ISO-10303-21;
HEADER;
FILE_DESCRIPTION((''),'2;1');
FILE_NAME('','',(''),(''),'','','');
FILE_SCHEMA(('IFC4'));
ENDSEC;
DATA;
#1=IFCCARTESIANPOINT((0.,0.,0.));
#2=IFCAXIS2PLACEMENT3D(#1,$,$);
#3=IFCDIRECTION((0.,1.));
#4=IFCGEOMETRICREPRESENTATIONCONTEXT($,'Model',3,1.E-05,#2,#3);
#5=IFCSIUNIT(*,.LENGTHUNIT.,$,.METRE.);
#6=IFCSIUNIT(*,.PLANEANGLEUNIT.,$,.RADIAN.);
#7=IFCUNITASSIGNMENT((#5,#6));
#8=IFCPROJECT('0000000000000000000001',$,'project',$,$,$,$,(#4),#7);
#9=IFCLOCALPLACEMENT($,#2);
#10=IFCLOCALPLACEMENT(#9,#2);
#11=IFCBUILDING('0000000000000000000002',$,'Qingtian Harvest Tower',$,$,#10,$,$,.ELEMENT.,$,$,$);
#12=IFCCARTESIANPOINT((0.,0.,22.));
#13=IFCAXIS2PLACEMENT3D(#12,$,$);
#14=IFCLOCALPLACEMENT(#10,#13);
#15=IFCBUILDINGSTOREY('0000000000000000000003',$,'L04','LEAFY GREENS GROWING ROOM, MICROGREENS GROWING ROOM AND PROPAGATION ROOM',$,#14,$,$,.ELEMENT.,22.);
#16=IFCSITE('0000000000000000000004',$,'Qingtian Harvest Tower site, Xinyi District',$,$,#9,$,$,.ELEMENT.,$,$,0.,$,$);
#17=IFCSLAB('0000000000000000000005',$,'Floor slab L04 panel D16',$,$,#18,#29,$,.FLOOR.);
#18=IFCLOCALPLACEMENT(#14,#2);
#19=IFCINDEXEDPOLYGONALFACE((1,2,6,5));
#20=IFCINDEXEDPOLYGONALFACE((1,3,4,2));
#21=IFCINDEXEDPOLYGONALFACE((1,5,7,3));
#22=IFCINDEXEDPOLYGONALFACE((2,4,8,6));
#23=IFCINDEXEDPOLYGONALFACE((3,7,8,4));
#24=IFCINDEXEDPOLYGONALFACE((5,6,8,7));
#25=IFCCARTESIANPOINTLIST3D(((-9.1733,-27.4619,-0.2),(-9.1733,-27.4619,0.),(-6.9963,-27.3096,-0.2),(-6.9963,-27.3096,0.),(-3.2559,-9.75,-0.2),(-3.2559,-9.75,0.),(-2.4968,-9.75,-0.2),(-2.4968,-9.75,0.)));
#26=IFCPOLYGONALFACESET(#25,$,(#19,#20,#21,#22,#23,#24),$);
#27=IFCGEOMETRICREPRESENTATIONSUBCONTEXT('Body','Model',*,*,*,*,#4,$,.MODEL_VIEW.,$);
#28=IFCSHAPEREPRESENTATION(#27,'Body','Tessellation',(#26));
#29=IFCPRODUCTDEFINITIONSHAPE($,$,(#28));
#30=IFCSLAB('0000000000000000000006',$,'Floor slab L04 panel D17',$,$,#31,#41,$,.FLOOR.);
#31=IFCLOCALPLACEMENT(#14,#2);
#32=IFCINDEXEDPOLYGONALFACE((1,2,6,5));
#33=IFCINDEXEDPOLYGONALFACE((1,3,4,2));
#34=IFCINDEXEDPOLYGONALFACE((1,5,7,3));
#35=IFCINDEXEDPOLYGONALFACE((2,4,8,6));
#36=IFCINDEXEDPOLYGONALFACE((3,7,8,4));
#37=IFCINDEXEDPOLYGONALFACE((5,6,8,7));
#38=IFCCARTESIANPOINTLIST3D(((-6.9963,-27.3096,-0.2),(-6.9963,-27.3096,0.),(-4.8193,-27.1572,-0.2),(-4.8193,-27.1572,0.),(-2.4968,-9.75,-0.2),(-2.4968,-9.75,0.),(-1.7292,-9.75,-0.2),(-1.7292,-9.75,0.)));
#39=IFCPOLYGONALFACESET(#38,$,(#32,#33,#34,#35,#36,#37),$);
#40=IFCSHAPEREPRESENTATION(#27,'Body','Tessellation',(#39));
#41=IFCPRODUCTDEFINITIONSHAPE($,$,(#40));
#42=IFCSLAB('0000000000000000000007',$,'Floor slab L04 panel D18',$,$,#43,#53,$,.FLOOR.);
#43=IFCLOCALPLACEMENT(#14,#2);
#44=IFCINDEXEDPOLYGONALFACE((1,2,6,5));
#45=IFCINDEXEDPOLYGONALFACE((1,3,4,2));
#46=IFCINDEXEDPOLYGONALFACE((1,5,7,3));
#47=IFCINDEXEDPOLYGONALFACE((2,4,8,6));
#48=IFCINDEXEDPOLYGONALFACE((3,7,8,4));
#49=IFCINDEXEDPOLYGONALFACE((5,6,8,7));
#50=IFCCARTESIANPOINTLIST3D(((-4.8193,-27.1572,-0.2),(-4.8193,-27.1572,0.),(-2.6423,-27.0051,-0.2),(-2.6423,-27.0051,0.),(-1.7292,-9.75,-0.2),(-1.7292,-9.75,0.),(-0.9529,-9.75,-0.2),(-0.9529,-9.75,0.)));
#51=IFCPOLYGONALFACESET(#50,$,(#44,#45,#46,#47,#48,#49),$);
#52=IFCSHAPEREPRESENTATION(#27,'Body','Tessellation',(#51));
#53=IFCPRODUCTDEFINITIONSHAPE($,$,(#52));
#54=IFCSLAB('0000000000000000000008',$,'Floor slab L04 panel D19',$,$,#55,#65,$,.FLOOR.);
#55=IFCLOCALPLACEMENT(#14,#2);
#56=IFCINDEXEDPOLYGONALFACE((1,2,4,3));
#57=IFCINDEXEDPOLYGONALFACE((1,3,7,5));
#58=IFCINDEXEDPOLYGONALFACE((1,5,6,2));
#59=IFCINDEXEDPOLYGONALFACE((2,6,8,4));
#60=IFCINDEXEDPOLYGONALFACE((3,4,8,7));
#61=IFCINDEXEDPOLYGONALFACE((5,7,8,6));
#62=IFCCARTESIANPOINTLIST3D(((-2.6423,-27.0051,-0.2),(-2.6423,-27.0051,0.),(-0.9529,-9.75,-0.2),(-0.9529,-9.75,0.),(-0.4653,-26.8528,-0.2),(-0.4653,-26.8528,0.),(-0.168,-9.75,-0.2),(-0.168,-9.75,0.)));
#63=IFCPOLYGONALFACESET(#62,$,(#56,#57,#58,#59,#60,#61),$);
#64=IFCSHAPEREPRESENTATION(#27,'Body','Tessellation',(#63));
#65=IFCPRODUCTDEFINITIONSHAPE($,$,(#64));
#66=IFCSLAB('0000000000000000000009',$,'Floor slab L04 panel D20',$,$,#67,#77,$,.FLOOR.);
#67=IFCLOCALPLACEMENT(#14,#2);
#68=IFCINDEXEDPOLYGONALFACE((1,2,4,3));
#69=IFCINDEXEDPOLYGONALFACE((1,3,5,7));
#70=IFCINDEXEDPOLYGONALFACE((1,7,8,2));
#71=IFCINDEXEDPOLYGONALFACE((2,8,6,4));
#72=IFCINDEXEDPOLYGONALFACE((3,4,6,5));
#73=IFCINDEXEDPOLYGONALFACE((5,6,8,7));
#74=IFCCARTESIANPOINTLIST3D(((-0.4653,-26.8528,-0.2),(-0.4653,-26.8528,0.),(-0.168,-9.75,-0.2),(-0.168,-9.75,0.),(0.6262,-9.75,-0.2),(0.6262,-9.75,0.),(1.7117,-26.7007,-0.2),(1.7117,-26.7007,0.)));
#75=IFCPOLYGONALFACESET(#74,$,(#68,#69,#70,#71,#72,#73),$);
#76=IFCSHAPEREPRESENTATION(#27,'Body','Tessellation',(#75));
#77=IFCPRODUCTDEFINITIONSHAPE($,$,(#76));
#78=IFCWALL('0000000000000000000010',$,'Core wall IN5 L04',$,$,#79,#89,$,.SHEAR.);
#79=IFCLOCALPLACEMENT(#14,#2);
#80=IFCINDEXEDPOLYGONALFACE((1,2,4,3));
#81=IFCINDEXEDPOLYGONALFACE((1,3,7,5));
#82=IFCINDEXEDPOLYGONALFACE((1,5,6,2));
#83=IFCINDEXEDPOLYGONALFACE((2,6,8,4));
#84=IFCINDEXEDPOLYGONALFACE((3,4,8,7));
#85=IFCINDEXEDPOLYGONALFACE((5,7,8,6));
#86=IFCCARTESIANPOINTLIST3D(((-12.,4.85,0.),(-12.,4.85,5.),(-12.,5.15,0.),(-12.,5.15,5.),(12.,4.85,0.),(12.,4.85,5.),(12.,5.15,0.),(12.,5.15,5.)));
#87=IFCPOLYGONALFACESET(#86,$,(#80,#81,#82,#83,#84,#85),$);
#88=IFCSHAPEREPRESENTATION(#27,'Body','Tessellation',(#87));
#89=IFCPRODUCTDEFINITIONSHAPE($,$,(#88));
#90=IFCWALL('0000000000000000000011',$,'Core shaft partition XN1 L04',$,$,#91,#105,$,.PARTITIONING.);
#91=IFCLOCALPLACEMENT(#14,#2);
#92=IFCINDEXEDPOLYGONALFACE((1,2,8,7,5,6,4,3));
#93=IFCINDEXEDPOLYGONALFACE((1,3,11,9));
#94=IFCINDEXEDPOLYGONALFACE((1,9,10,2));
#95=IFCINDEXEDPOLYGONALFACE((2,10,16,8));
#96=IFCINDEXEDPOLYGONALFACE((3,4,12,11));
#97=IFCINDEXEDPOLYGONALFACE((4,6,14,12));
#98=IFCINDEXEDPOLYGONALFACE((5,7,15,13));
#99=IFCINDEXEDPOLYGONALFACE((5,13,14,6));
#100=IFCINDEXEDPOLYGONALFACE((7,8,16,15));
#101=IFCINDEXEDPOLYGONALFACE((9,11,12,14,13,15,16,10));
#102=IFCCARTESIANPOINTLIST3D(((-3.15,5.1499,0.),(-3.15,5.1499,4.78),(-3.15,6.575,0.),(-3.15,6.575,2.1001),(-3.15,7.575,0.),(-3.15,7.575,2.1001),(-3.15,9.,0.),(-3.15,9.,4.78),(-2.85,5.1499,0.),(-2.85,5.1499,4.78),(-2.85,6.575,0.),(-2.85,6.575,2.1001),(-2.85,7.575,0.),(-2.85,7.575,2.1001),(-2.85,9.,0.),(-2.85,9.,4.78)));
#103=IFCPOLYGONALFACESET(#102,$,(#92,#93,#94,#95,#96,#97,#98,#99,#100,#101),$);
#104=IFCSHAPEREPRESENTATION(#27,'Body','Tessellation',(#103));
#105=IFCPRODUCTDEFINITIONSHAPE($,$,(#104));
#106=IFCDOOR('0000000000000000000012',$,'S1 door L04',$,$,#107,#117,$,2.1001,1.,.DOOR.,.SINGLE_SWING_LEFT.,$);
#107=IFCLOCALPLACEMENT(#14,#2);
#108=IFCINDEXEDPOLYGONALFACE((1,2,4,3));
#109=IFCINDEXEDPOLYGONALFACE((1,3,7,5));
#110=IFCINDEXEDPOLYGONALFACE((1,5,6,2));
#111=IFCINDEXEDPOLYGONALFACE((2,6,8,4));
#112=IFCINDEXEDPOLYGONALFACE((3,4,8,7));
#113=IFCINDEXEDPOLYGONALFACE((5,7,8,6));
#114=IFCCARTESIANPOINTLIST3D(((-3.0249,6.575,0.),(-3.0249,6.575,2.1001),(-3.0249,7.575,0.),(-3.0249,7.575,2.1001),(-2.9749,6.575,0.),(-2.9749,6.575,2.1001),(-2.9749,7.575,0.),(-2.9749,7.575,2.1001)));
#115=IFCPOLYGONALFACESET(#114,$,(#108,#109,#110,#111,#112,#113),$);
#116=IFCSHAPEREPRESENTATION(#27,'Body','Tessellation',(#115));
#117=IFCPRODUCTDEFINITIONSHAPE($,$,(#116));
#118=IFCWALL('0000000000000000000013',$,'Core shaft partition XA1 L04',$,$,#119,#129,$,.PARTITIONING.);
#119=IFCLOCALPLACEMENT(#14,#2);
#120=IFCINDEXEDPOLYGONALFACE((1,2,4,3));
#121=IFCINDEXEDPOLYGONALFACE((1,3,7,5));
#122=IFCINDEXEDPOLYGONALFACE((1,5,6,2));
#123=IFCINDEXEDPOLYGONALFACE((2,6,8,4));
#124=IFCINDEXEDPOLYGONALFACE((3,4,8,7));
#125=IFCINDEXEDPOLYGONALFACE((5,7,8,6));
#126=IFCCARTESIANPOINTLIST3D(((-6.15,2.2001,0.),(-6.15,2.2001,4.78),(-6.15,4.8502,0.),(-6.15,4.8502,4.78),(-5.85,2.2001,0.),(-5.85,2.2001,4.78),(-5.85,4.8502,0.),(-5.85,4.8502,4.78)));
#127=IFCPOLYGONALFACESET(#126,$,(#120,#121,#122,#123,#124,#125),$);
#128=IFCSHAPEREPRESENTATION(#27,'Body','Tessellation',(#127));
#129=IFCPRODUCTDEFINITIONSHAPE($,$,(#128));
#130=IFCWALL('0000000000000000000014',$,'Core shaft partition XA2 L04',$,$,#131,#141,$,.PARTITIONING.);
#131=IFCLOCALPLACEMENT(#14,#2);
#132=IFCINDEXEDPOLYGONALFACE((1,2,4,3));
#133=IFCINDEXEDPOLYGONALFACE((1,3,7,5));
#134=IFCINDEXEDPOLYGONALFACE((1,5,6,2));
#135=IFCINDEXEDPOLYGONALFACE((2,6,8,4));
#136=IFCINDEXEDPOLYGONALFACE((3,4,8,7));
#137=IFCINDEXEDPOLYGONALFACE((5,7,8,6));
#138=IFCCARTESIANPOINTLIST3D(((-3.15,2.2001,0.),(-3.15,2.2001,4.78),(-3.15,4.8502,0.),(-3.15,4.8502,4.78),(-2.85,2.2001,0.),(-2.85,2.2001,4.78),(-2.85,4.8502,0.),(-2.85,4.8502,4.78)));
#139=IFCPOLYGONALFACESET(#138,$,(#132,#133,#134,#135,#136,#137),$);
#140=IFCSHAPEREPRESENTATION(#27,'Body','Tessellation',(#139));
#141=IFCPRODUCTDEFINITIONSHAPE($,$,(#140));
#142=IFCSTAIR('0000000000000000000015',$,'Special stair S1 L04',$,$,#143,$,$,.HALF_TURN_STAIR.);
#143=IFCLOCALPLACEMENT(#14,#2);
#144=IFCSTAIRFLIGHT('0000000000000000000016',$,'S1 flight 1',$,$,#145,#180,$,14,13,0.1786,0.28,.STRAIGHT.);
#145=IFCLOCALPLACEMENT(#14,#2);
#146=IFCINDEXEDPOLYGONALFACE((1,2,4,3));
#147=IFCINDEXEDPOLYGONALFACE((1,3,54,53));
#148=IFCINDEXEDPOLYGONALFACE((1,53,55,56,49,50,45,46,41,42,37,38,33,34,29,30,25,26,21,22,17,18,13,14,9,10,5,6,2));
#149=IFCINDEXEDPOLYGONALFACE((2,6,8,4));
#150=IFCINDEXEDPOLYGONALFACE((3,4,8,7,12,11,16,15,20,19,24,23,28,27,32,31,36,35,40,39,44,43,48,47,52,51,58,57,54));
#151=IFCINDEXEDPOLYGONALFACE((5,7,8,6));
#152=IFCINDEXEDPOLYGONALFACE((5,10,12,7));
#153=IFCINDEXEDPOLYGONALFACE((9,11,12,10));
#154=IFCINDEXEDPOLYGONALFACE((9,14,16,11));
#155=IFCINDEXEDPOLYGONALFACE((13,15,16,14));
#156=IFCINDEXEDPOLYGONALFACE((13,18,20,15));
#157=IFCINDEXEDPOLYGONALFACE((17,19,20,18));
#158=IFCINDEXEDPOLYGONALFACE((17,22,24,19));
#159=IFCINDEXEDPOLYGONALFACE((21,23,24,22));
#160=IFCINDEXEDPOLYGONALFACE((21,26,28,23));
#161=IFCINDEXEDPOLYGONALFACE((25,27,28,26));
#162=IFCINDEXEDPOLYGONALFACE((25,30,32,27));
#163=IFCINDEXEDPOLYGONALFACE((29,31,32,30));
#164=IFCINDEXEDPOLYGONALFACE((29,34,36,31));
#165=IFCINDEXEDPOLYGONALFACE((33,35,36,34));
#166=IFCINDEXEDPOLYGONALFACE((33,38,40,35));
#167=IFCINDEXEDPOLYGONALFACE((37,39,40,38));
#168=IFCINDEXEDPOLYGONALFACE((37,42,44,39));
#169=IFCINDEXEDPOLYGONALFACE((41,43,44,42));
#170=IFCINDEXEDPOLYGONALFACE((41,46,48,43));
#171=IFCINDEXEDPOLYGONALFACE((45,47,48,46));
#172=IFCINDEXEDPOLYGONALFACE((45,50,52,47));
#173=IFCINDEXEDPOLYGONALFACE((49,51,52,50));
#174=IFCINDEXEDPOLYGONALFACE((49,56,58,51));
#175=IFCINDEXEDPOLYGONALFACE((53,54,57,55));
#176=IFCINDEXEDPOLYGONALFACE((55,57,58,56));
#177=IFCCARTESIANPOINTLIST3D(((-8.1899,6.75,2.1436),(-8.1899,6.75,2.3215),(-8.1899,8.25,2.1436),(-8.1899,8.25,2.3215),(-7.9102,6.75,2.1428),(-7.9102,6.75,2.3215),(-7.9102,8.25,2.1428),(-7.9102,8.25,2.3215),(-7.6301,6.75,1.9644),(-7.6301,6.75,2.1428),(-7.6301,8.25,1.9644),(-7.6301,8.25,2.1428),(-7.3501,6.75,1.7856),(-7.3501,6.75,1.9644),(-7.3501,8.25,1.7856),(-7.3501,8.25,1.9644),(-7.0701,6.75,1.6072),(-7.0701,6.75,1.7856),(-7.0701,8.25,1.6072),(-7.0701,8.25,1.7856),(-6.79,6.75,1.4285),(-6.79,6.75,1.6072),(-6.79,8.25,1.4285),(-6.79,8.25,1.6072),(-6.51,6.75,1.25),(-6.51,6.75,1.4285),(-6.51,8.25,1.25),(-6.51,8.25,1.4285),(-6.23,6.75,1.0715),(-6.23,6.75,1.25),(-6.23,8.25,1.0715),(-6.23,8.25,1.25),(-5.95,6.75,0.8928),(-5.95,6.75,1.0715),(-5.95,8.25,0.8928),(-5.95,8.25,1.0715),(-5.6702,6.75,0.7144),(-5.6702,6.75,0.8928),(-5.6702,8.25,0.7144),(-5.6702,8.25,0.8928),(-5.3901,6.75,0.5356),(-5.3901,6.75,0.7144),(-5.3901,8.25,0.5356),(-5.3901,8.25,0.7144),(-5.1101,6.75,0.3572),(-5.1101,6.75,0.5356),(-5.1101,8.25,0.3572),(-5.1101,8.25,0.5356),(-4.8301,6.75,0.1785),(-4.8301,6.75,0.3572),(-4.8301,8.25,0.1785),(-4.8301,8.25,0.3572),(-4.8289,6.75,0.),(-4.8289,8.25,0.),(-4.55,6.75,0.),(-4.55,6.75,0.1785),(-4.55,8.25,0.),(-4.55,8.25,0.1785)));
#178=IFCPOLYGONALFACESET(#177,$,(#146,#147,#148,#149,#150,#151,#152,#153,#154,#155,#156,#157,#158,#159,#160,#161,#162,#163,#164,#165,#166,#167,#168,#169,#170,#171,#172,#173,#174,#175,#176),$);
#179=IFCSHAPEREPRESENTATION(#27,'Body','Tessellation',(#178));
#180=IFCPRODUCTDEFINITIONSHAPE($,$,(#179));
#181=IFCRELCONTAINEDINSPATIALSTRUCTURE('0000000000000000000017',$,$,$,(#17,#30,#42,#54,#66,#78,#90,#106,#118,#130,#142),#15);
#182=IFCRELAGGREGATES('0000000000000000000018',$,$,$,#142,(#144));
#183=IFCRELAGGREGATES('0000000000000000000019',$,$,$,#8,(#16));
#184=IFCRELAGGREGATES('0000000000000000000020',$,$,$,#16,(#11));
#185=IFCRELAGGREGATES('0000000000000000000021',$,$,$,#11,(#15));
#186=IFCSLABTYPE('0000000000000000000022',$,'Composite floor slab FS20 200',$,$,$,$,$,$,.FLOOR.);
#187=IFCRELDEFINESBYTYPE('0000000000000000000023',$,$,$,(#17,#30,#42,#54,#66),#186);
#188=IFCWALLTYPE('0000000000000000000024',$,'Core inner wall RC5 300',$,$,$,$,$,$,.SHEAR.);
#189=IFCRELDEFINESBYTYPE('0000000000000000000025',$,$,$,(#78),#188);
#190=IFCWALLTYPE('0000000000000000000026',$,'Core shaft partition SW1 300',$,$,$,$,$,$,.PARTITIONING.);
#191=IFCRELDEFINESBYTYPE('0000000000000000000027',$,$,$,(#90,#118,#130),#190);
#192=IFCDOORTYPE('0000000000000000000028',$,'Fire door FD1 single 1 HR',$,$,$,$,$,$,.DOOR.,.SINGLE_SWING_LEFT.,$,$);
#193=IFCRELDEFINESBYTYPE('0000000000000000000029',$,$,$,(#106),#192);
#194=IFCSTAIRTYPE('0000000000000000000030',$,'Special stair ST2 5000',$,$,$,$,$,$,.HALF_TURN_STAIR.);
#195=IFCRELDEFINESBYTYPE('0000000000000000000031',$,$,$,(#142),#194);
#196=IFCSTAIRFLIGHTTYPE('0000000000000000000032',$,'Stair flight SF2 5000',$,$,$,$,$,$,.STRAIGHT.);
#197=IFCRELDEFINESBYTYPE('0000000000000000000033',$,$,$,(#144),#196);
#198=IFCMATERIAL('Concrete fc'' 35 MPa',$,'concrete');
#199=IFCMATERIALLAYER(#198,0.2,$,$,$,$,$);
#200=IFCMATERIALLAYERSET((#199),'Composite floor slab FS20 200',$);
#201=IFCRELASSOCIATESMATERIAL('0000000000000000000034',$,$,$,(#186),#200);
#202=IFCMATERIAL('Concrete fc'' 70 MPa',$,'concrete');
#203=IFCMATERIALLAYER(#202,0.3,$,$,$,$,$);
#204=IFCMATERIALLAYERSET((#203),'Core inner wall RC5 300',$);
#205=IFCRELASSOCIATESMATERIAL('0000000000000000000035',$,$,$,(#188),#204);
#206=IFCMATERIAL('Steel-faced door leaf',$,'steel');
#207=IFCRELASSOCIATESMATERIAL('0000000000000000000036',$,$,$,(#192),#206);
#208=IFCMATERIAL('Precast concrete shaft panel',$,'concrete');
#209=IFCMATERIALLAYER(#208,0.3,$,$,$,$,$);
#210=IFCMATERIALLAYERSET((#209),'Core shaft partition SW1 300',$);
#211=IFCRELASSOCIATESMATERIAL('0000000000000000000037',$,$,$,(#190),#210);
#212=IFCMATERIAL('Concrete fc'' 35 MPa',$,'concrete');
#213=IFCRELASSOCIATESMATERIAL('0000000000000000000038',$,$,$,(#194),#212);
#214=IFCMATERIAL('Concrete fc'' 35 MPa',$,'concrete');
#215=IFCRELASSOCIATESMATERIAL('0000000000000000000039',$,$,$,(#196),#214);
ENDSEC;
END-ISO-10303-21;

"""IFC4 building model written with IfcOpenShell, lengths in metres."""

from ifc_helpers import new_model, si_unit, direction, frame, frame_2d, origin, place, context, subcontext, project, spatial, polyline, rectangle, outline, extrude, material, layer, layer_set, type_object, element, fill, aggregate, save


model = new_model("IFC4")

# Units and contexts
model_context = context("Model", 3, precision=1e-05, world=origin(), true_north=direction((0.0, 1.0)))
body_context = subcontext(model_context, "Body", "Model", "MODEL_VIEW")
ifc_project = project(units=[si_unit("LENGTHUNIT", "METRE"), si_unit("PLANEANGLEUNIT", "RADIAN")], contexts=[model_context])

# Site, building, storey
site_placement = place(None, origin())
site = spatial("IfcSite", under=ifc_project, at=site_placement, Name="Qingtian Harvest Tower site, Xinyi District", CompositionType="ELEMENT", RefElevation=0.0)
building_placement = place(site_placement, origin())
building = spatial("IfcBuilding", under=site, at=building_placement, Name="Qingtian Harvest Tower", CompositionType="ELEMENT")
storey_placement = place(building_placement, frame((0.0, 0.0, 22.0)))
storey = spatial("IfcBuildingStorey", under=building, at=storey_placement, Name="L04", Description="LEAFY GREENS GROWING ROOM, MICROGREENS GROWING ROOM AND PROPAGATION ROOM", CompositionType="ELEMENT", Elevation=22.0)

# Slabs
ifc_material_1 = material(Name="Concrete fc' 35 MPa", Category="concrete")
ifc_layer_1 = layer(ifc_material_1, 0.2)
ifc_layer_set_1 = layer_set([ifc_layer_1], Name="Composite floor slab FS20 200")
slab_type = type_object("IfcSlabType", Name="Composite floor slab FS20 200", PredefinedType="FLOOR", material=ifc_layer_set_1)
slab_1_placement = place(storey_placement, frame((0.0, 0.0, -0.2)))
element("IfcSlab", 1, at=slab_1_placement, inside=storey, type_object=slab_type, Name="Floor slab L04 panel D16", PredefinedType="FLOOR", context=body_context, shape_type="SweptSolid", body=[
    extrude(outline(polyline([(-2.4968, -9.75), (-6.9963, -27.3096), (-9.1733, -27.4619), (-3.2559, -9.75), (-2.4968, -9.75)])), origin(), (0.0, 0.0, 1.0), 0.2),
])
slab_2_placement = place(storey_placement, frame((0.0, 0.0, -0.2)))
element("IfcSlab", 2, at=slab_2_placement, inside=storey, type_object=slab_type, Name="Floor slab L04 panel D17", PredefinedType="FLOOR", context=body_context, shape_type="SweptSolid", body=[
    extrude(outline(polyline([(-1.7292, -9.75), (-4.8193, -27.1572), (-6.9963, -27.3096), (-2.4968, -9.75), (-1.7292, -9.75)])), origin(), (0.0, 0.0, 1.0), 0.2),
])
slab_3_placement = place(storey_placement, frame((0.0, 0.0, -0.2)))
element("IfcSlab", 3, at=slab_3_placement, inside=storey, type_object=slab_type, Name="Floor slab L04 panel D18", PredefinedType="FLOOR", context=body_context, shape_type="SweptSolid", body=[
    extrude(outline(polyline([(-0.9529, -9.75), (-2.6423, -27.0051), (-4.8193, -27.1572), (-1.7292, -9.75), (-0.9529, -9.75)])), origin(), (0.0, 0.0, 1.0), 0.2),
])
slab_4_placement = place(storey_placement, frame((0.0, 0.0, -0.2)))
element("IfcSlab", 4, at=slab_4_placement, inside=storey, type_object=slab_type, Name="Floor slab L04 panel D19", PredefinedType="FLOOR", context=body_context, shape_type="SweptSolid", body=[
    extrude(outline(polyline([(-0.168, -9.75), (-0.4653, -26.8528), (-2.6423, -27.0051), (-0.9529, -9.75), (-0.168, -9.75)])), origin(), (0.0, 0.0, 1.0), 0.2),
])
slab_5_placement = place(storey_placement, frame((0.0, 0.0, -0.2)))
element("IfcSlab", 5, at=slab_5_placement, inside=storey, type_object=slab_type, Name="Floor slab L04 panel D20", PredefinedType="FLOOR", context=body_context, shape_type="SweptSolid", body=[
    extrude(outline(polyline([(0.6262, -9.75), (1.7117, -26.7007), (-0.4653, -26.8528), (-0.168, -9.75), (0.6262, -9.75)])), origin(), (0.0, 0.0, 1.0), 0.2),
])

# Wall
ifc_material_2 = material(Name="Concrete fc' 70 MPa", Category="concrete")
ifc_layer_2 = layer(ifc_material_2, 0.3)
ifc_layer_set_2 = layer_set([ifc_layer_2], Name="Core inner wall RC5 300")
wall_type_1 = type_object("IfcWallType", Name="Core inner wall RC5 300", PredefinedType="SHEAR", material=ifc_layer_set_2)
wall_1_placement = place(storey_placement, frame((-12.0, 5.0, 0.0), z_axis=(0.0, 0.0, 1.0), x_axis=(1.0, 0.0, 0.0)))
element("IfcWall", 6, at=wall_1_placement, inside=storey, type_object=wall_type_1, Name="Core wall IN5 L04", PredefinedType="SHEAR", context=body_context, shape_type="SweptSolid", body=[
    extrude(rectangle(XDim=24.0, YDim=0.3, at=frame_2d((12.0, 0.0))), origin(), (0.0, 0.0, 1.0), 5.0),
])

# Shared definitions
ifc_material_3 = material(Name="Steel-faced door leaf", Category="steel")
door_type_1 = type_object("IfcDoorType", Name="Fire door FD1 single 1 HR", OperationType="SINGLE_SWING_LEFT", PredefinedType="DOOR", material=ifc_material_3)

# Wall, opening, door
ifc_material_4 = material(Name="Precast concrete shaft panel", Category="concrete")
ifc_layer_3 = layer(ifc_material_4, 0.3)
ifc_layer_set_3 = layer_set([ifc_layer_3], Name="Core shaft partition SW1 300")
wall_type_2 = type_object("IfcWallType", Name="Core shaft partition SW1 300", PredefinedType="PARTITIONING", material=ifc_layer_set_3)
wall_2_placement = place(storey_placement, frame((-3.0, 5.1499, 0.0), z_axis=(0.0, 0.0, 1.0), x_axis=(0.0, 1.0, 0.0)))
wall_2 = element("IfcWall", 7, at=wall_2_placement, inside=storey, type_object=wall_type_2, Name="Core shaft partition XN1 L04", PredefinedType="PARTITIONING", context=body_context, shape_type="SweptSolid", body=[
    extrude(rectangle(XDim=3.8501, YDim=0.3, at=frame_2d((1.925, 0.0))), origin(), (0.0, 0.0, 1.0), 4.78),
])
opening_1_placement = place(wall_2_placement, frame((1.425, 0.0, 0.0)))
opening_1 = element("IfcOpeningElement", 8, at=opening_1_placement, cuts=wall_2, PredefinedType="OPENING", context=body_context, shape_type="SweptSolid", body=[
    extrude(rectangle(XDim=1.0, YDim=2.1001, at=frame_2d((0.5, 1.05))), frame((0.0, 0.1599, 0.0), z_axis=(0.0, -1.0, 0.0), x_axis=(1.0, 0.0, 0.0)), (0.0, 0.0, 1.0), 0.3201),
])
door_1_placement = place(opening_1_placement, origin())
door_1 = element("IfcDoor", 9, at=door_1_placement, inside=storey, type_object=door_type_1, Name="S1 door L04", OperationType="SINGLE_SWING_LEFT", OverallHeight=2.1001, OverallWidth=1.0, PredefinedType="DOOR", context=body_context, shape_type="SweptSolid", body=[
    extrude(rectangle(XDim=1.0, YDim=2.1001, at=frame_2d((0.5, 1.05))), frame((0.0, 0.0249, 0.0), z_axis=(0.0, -1.0, 0.0), x_axis=(1.0, 0.0, 0.0)), (0.0, 0.0, 1.0), 0.05),
])
fill(opening_1, door_1)

# Walls
for number, where, z_axis, x_axis, name in (
    (10, (-6.0, 2.2, 0.0), (0.0, 0.0, 1.0), (0.0, 1.0, 0.0), "Core shaft partition XA1 L04"),
    (11, (-3.0, 2.2, 0.0), (0.0, 0.0, 1.0), (0.0, 1.0, 0.0), "Core shaft partition XA2 L04"),
):
    element("IfcWall", number, at=place(storey_placement, frame(where, z_axis=z_axis, x_axis=x_axis)), inside=storey, type_object=wall_type_2, Name=name, PredefinedType="PARTITIONING", context=body_context, shape_type="SweptSolid", body=[
        extrude(rectangle(XDim=2.6501, YDim=0.3, at=frame_2d((1.3252, 0.0))), origin(), (0.0, 0.0, 1.0), 4.78),
    ])

# Stair, stair flight
ifc_material_5 = material(Name="Concrete fc' 35 MPa", Category="concrete")
stair_type = type_object("IfcStairType", Name="Special stair ST2 5000", PredefinedType="HALF_TURN_STAIR", material=ifc_material_5)
stair_placement = place(storey_placement, origin())
stair = element("IfcStair", 12, at=stair_placement, inside=storey, type_object=stair_type, Name="Special stair S1 L04", PredefinedType="HALF_TURN_STAIR")
ifc_material_6 = material(Name="Concrete fc' 35 MPa", Category="concrete")
stair_flight_type = type_object("IfcStairFlightType", Name="Stair flight SF2 5000", PredefinedType="STRAIGHT", material=ifc_material_6)
stair_flight_1_placement = place(storey_placement, frame((-4.55, 7.5, 0.0), z_axis=(0.0, 0.0, 1.0), x_axis=(-1.0, 0.0, 0.0)))
stair_flight_1 = element("IfcStairFlight", 13, at=stair_flight_1_placement, type_object=stair_flight_type, Name="S1 flight 1", NumberOfRisers=14, NumberOfTreads=13, PredefinedType="STRAIGHT", RiserHeight=0.1786, TreadLength=0.28, context=body_context, shape_type="SweptSolid", body=[
    extrude(outline(polyline([(0.0, 0.0), (0.0, 0.1785), (0.28, 0.1785), (0.28, 0.3572), (0.5601, 0.3572), (0.5601, 0.5356), (0.8401, 0.5356), (0.8401, 0.7144), (1.1201, 0.7144), (1.1201, 0.8928), (1.3999, 0.8928), (1.3999, 1.0715), (1.6799, 1.0715), (1.6799, 1.25), (1.96, 1.25), (1.96, 1.4285), (2.24, 1.4285), (2.24, 1.6072), (2.52, 1.6072), (2.52, 1.7856), (2.8, 1.7856), (2.8, 1.9644), (3.0801, 1.9644), (3.0801, 2.1428), (3.3601, 2.1428), (3.3601, 2.3215), (3.6399, 2.3215), (3.6399, 2.5), (3.6399, 2.1436), (0.2788, 0.0), (0.0, 0.0)])), frame((0.0, 0.75, 0.0), z_axis=(0.0, -1.0, 0.0), x_axis=(1.0, 0.0, 0.0)), (0.0, 0.0, 1.0), 1.5),
])
aggregate(stair, [stair_flight_1])

save(model, "model.ifc")
